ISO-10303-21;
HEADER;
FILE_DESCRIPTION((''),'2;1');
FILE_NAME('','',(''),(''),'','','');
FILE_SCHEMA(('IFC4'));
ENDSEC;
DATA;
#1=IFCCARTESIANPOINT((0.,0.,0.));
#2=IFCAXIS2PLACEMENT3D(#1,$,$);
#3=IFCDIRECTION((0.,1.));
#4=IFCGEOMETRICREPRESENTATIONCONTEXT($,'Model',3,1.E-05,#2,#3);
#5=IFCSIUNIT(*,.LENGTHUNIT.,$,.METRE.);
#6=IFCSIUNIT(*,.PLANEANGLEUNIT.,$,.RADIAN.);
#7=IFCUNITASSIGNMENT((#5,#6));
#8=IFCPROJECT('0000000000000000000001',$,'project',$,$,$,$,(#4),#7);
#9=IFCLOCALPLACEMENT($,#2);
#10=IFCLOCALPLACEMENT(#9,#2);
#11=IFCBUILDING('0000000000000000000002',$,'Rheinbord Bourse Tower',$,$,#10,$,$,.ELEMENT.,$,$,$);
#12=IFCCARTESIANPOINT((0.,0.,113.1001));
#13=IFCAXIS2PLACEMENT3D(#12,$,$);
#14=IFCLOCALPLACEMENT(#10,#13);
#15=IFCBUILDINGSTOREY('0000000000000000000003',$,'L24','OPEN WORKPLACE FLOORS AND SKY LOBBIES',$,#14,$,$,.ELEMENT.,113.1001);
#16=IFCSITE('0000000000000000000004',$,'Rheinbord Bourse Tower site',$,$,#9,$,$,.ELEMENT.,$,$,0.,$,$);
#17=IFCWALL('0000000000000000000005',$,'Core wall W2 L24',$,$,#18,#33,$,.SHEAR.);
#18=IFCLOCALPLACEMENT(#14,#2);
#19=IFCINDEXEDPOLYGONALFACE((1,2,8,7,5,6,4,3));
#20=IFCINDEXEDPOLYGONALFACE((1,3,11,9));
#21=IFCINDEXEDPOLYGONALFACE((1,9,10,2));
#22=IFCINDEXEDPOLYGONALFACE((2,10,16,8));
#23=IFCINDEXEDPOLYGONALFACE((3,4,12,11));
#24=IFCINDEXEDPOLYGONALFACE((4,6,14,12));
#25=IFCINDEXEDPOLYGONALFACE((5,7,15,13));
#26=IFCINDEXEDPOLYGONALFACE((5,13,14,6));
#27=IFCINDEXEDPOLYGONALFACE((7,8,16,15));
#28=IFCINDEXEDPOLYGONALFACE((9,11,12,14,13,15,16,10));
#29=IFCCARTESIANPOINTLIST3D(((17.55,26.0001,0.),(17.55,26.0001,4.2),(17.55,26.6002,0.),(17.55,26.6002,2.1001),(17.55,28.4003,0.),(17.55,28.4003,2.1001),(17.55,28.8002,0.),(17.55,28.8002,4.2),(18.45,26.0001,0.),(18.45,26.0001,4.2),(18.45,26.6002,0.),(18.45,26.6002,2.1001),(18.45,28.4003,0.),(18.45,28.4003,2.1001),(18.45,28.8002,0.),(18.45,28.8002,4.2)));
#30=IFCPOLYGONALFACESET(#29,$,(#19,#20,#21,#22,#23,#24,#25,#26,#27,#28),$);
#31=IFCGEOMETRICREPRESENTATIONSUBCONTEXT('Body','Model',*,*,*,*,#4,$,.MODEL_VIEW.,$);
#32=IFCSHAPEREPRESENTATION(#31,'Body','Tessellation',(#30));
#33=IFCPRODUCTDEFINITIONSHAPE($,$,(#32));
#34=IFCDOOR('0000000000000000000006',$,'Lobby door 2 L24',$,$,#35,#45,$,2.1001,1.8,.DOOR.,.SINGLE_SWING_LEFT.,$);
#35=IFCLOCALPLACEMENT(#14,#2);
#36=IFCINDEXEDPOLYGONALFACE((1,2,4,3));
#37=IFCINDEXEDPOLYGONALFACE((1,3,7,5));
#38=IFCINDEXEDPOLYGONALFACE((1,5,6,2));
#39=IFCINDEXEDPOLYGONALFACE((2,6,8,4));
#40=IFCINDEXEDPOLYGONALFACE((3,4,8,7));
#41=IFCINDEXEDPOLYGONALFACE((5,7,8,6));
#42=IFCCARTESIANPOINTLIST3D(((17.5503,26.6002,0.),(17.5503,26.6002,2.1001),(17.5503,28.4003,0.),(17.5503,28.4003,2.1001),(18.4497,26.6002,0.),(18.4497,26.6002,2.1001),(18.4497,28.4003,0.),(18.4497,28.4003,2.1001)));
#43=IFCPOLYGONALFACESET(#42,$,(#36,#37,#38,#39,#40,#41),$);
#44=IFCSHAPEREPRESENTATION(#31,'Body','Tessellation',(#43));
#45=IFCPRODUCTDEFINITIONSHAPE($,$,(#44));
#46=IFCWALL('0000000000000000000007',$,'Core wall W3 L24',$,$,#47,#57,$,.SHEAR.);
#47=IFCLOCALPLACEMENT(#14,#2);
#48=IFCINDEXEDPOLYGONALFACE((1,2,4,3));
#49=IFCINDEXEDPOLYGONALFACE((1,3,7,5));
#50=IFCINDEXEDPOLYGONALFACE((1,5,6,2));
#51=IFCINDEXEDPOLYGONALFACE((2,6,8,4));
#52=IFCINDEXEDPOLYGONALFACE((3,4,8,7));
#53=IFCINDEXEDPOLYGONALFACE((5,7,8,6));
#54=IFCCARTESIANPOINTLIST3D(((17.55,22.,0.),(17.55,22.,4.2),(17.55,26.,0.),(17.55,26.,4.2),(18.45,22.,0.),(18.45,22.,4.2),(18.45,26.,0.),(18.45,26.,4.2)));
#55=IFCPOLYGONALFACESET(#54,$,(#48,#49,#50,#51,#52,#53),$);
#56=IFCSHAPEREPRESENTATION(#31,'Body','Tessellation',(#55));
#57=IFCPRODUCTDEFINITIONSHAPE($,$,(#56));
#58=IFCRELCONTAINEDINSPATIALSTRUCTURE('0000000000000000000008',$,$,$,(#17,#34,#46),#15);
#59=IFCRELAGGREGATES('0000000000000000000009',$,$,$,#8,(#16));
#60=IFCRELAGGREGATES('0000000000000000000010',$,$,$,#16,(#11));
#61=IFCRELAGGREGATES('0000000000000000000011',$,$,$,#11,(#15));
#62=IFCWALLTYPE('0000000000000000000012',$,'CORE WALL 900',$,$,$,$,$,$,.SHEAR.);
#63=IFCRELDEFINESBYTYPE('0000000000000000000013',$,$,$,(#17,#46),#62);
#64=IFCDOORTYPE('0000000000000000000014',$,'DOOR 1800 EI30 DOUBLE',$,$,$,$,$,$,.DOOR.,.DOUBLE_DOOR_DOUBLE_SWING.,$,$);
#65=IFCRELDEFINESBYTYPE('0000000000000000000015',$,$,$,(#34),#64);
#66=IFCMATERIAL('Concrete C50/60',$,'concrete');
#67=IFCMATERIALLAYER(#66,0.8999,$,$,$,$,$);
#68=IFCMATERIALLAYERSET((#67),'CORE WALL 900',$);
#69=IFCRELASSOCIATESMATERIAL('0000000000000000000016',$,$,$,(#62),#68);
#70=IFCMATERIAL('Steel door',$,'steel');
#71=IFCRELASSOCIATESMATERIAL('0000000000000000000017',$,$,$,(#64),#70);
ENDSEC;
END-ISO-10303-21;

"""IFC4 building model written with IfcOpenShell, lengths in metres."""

from ifc_helpers import new_model, si_unit, direction, frame, frame_2d, origin, place, context, subcontext, project, spatial, rectangle, extrude, material, layer, layer_set, type_object, element, fill, save


model = new_model("IFC4")

# Units and contexts
model_context = context("Model", 3, precision=1e-05, world=origin(), true_north=direction((0.0, 1.0)))
body_context = subcontext(model_context, "Body", "Model", "MODEL_VIEW")
ifc_project = project(units=[si_unit("LENGTHUNIT", "METRE"), si_unit("PLANEANGLEUNIT", "RADIAN")], contexts=[model_context])

# Site, building, storey
site_placement = place(None, origin())
site = spatial("IfcSite", under=ifc_project, at=site_placement, Name="Rheinbord Bourse Tower site", CompositionType="ELEMENT", RefElevation=0.0)
building_placement = place(site_placement, origin())
building = spatial("IfcBuilding", under=site, at=building_placement, Name="Rheinbord Bourse Tower", CompositionType="ELEMENT")
storey_placement = place(building_placement, frame((0.0, 0.0, 113.1001)))
storey = spatial("IfcBuildingStorey", under=building, at=storey_placement, Name="L24", Description="OPEN WORKPLACE FLOORS AND SKY LOBBIES", CompositionType="ELEMENT", Elevation=113.1001)

# Wall, opening, door
ifc_material_1 = material(Name="Concrete C50/60", Category="concrete")
ifc_layer_1 = layer(ifc_material_1, 0.8999)
ifc_layer_set_1 = layer_set([ifc_layer_1], Name="CORE WALL 900")
wall_type_1 = type_object("IfcWallType", Name="CORE WALL 900", PredefinedType="SHEAR", material=ifc_layer_set_1)
wall_1_placement = place(storey_placement, frame((18.0, 28.8, 0.0), z_axis=(0.0, 0.0, 1.0), x_axis=(0.0, -1.0, 0.0)))
wall_1 = element("IfcWall", 1, at=wall_1_placement, inside=storey, type_object=wall_type_1, Name="Core wall W2 L24", PredefinedType="SHEAR", context=body_context, shape_type="SweptSolid", body=[
    extrude(rectangle(XDim=2.8, YDim=0.8999, at=frame_2d((1.3999, 0.0))), origin(), (0.0, 0.0, 1.0), 4.2),
])
opening_1_placement = place(wall_1_placement, frame((0.3999, 0.0, 0.0)))
opening_1 = element("IfcOpeningElement", 2, at=opening_1_placement, cuts=wall_1, PredefinedType="OPENING", context=body_context, shape_type="SweptSolid", body=[
    extrude(rectangle(XDim=1.8, YDim=2.1001, at=frame_2d((0.8999, 1.05))), frame((0.0, 0.46, 0.0), z_axis=(0.0, -1.0, 0.0), x_axis=(1.0, 0.0, 0.0)), (0.0, 0.0, 1.0), 0.9199),
])
ifc_material_2 = material(Name="Steel door", Category="steel")
door_type_1 = type_object("IfcDoorType", Name="DOOR 1800 EI30 DOUBLE", OperationType="DOUBLE_DOOR_DOUBLE_SWING", PredefinedType="DOOR", material=ifc_material_2)
door_1_placement = place(opening_1_placement, origin())
door_1 = element("IfcDoor", 3, at=door_1_placement, inside=storey, type_object=door_type_1, Name="Lobby door 2 L24", OperationType="SINGLE_SWING_LEFT", OverallHeight=2.1001, OverallWidth=1.8, PredefinedType="DOOR", context=body_context, shape_type="SweptSolid", body=[
    extrude(rectangle(XDim=1.8, YDim=2.1001, at=frame_2d((0.8999, 1.05))), frame((0.0, 0.4497, 0.0), z_axis=(0.0, -1.0, 0.0), x_axis=(1.0, 0.0, 0.0)), (0.0, 0.0, 1.0), 0.8994),
])
fill(opening_1, door_1)

# Wall
wall_2_placement = place(storey_placement, frame((18.0, 26.0, 0.0), z_axis=(0.0, 0.0, 1.0), x_axis=(0.0, -1.0, 0.0)))
element("IfcWall", 4, at=wall_2_placement, inside=storey, type_object=wall_type_1, Name="Core wall W3 L24", PredefinedType="SHEAR", context=body_context, shape_type="SweptSolid", body=[
    extrude(rectangle(XDim=4.0, YDim=0.8999, at=frame_2d((2.0, 0.0))), origin(), (0.0, 0.0, 1.0), 4.2),
])

save(model, "model.ifc")
